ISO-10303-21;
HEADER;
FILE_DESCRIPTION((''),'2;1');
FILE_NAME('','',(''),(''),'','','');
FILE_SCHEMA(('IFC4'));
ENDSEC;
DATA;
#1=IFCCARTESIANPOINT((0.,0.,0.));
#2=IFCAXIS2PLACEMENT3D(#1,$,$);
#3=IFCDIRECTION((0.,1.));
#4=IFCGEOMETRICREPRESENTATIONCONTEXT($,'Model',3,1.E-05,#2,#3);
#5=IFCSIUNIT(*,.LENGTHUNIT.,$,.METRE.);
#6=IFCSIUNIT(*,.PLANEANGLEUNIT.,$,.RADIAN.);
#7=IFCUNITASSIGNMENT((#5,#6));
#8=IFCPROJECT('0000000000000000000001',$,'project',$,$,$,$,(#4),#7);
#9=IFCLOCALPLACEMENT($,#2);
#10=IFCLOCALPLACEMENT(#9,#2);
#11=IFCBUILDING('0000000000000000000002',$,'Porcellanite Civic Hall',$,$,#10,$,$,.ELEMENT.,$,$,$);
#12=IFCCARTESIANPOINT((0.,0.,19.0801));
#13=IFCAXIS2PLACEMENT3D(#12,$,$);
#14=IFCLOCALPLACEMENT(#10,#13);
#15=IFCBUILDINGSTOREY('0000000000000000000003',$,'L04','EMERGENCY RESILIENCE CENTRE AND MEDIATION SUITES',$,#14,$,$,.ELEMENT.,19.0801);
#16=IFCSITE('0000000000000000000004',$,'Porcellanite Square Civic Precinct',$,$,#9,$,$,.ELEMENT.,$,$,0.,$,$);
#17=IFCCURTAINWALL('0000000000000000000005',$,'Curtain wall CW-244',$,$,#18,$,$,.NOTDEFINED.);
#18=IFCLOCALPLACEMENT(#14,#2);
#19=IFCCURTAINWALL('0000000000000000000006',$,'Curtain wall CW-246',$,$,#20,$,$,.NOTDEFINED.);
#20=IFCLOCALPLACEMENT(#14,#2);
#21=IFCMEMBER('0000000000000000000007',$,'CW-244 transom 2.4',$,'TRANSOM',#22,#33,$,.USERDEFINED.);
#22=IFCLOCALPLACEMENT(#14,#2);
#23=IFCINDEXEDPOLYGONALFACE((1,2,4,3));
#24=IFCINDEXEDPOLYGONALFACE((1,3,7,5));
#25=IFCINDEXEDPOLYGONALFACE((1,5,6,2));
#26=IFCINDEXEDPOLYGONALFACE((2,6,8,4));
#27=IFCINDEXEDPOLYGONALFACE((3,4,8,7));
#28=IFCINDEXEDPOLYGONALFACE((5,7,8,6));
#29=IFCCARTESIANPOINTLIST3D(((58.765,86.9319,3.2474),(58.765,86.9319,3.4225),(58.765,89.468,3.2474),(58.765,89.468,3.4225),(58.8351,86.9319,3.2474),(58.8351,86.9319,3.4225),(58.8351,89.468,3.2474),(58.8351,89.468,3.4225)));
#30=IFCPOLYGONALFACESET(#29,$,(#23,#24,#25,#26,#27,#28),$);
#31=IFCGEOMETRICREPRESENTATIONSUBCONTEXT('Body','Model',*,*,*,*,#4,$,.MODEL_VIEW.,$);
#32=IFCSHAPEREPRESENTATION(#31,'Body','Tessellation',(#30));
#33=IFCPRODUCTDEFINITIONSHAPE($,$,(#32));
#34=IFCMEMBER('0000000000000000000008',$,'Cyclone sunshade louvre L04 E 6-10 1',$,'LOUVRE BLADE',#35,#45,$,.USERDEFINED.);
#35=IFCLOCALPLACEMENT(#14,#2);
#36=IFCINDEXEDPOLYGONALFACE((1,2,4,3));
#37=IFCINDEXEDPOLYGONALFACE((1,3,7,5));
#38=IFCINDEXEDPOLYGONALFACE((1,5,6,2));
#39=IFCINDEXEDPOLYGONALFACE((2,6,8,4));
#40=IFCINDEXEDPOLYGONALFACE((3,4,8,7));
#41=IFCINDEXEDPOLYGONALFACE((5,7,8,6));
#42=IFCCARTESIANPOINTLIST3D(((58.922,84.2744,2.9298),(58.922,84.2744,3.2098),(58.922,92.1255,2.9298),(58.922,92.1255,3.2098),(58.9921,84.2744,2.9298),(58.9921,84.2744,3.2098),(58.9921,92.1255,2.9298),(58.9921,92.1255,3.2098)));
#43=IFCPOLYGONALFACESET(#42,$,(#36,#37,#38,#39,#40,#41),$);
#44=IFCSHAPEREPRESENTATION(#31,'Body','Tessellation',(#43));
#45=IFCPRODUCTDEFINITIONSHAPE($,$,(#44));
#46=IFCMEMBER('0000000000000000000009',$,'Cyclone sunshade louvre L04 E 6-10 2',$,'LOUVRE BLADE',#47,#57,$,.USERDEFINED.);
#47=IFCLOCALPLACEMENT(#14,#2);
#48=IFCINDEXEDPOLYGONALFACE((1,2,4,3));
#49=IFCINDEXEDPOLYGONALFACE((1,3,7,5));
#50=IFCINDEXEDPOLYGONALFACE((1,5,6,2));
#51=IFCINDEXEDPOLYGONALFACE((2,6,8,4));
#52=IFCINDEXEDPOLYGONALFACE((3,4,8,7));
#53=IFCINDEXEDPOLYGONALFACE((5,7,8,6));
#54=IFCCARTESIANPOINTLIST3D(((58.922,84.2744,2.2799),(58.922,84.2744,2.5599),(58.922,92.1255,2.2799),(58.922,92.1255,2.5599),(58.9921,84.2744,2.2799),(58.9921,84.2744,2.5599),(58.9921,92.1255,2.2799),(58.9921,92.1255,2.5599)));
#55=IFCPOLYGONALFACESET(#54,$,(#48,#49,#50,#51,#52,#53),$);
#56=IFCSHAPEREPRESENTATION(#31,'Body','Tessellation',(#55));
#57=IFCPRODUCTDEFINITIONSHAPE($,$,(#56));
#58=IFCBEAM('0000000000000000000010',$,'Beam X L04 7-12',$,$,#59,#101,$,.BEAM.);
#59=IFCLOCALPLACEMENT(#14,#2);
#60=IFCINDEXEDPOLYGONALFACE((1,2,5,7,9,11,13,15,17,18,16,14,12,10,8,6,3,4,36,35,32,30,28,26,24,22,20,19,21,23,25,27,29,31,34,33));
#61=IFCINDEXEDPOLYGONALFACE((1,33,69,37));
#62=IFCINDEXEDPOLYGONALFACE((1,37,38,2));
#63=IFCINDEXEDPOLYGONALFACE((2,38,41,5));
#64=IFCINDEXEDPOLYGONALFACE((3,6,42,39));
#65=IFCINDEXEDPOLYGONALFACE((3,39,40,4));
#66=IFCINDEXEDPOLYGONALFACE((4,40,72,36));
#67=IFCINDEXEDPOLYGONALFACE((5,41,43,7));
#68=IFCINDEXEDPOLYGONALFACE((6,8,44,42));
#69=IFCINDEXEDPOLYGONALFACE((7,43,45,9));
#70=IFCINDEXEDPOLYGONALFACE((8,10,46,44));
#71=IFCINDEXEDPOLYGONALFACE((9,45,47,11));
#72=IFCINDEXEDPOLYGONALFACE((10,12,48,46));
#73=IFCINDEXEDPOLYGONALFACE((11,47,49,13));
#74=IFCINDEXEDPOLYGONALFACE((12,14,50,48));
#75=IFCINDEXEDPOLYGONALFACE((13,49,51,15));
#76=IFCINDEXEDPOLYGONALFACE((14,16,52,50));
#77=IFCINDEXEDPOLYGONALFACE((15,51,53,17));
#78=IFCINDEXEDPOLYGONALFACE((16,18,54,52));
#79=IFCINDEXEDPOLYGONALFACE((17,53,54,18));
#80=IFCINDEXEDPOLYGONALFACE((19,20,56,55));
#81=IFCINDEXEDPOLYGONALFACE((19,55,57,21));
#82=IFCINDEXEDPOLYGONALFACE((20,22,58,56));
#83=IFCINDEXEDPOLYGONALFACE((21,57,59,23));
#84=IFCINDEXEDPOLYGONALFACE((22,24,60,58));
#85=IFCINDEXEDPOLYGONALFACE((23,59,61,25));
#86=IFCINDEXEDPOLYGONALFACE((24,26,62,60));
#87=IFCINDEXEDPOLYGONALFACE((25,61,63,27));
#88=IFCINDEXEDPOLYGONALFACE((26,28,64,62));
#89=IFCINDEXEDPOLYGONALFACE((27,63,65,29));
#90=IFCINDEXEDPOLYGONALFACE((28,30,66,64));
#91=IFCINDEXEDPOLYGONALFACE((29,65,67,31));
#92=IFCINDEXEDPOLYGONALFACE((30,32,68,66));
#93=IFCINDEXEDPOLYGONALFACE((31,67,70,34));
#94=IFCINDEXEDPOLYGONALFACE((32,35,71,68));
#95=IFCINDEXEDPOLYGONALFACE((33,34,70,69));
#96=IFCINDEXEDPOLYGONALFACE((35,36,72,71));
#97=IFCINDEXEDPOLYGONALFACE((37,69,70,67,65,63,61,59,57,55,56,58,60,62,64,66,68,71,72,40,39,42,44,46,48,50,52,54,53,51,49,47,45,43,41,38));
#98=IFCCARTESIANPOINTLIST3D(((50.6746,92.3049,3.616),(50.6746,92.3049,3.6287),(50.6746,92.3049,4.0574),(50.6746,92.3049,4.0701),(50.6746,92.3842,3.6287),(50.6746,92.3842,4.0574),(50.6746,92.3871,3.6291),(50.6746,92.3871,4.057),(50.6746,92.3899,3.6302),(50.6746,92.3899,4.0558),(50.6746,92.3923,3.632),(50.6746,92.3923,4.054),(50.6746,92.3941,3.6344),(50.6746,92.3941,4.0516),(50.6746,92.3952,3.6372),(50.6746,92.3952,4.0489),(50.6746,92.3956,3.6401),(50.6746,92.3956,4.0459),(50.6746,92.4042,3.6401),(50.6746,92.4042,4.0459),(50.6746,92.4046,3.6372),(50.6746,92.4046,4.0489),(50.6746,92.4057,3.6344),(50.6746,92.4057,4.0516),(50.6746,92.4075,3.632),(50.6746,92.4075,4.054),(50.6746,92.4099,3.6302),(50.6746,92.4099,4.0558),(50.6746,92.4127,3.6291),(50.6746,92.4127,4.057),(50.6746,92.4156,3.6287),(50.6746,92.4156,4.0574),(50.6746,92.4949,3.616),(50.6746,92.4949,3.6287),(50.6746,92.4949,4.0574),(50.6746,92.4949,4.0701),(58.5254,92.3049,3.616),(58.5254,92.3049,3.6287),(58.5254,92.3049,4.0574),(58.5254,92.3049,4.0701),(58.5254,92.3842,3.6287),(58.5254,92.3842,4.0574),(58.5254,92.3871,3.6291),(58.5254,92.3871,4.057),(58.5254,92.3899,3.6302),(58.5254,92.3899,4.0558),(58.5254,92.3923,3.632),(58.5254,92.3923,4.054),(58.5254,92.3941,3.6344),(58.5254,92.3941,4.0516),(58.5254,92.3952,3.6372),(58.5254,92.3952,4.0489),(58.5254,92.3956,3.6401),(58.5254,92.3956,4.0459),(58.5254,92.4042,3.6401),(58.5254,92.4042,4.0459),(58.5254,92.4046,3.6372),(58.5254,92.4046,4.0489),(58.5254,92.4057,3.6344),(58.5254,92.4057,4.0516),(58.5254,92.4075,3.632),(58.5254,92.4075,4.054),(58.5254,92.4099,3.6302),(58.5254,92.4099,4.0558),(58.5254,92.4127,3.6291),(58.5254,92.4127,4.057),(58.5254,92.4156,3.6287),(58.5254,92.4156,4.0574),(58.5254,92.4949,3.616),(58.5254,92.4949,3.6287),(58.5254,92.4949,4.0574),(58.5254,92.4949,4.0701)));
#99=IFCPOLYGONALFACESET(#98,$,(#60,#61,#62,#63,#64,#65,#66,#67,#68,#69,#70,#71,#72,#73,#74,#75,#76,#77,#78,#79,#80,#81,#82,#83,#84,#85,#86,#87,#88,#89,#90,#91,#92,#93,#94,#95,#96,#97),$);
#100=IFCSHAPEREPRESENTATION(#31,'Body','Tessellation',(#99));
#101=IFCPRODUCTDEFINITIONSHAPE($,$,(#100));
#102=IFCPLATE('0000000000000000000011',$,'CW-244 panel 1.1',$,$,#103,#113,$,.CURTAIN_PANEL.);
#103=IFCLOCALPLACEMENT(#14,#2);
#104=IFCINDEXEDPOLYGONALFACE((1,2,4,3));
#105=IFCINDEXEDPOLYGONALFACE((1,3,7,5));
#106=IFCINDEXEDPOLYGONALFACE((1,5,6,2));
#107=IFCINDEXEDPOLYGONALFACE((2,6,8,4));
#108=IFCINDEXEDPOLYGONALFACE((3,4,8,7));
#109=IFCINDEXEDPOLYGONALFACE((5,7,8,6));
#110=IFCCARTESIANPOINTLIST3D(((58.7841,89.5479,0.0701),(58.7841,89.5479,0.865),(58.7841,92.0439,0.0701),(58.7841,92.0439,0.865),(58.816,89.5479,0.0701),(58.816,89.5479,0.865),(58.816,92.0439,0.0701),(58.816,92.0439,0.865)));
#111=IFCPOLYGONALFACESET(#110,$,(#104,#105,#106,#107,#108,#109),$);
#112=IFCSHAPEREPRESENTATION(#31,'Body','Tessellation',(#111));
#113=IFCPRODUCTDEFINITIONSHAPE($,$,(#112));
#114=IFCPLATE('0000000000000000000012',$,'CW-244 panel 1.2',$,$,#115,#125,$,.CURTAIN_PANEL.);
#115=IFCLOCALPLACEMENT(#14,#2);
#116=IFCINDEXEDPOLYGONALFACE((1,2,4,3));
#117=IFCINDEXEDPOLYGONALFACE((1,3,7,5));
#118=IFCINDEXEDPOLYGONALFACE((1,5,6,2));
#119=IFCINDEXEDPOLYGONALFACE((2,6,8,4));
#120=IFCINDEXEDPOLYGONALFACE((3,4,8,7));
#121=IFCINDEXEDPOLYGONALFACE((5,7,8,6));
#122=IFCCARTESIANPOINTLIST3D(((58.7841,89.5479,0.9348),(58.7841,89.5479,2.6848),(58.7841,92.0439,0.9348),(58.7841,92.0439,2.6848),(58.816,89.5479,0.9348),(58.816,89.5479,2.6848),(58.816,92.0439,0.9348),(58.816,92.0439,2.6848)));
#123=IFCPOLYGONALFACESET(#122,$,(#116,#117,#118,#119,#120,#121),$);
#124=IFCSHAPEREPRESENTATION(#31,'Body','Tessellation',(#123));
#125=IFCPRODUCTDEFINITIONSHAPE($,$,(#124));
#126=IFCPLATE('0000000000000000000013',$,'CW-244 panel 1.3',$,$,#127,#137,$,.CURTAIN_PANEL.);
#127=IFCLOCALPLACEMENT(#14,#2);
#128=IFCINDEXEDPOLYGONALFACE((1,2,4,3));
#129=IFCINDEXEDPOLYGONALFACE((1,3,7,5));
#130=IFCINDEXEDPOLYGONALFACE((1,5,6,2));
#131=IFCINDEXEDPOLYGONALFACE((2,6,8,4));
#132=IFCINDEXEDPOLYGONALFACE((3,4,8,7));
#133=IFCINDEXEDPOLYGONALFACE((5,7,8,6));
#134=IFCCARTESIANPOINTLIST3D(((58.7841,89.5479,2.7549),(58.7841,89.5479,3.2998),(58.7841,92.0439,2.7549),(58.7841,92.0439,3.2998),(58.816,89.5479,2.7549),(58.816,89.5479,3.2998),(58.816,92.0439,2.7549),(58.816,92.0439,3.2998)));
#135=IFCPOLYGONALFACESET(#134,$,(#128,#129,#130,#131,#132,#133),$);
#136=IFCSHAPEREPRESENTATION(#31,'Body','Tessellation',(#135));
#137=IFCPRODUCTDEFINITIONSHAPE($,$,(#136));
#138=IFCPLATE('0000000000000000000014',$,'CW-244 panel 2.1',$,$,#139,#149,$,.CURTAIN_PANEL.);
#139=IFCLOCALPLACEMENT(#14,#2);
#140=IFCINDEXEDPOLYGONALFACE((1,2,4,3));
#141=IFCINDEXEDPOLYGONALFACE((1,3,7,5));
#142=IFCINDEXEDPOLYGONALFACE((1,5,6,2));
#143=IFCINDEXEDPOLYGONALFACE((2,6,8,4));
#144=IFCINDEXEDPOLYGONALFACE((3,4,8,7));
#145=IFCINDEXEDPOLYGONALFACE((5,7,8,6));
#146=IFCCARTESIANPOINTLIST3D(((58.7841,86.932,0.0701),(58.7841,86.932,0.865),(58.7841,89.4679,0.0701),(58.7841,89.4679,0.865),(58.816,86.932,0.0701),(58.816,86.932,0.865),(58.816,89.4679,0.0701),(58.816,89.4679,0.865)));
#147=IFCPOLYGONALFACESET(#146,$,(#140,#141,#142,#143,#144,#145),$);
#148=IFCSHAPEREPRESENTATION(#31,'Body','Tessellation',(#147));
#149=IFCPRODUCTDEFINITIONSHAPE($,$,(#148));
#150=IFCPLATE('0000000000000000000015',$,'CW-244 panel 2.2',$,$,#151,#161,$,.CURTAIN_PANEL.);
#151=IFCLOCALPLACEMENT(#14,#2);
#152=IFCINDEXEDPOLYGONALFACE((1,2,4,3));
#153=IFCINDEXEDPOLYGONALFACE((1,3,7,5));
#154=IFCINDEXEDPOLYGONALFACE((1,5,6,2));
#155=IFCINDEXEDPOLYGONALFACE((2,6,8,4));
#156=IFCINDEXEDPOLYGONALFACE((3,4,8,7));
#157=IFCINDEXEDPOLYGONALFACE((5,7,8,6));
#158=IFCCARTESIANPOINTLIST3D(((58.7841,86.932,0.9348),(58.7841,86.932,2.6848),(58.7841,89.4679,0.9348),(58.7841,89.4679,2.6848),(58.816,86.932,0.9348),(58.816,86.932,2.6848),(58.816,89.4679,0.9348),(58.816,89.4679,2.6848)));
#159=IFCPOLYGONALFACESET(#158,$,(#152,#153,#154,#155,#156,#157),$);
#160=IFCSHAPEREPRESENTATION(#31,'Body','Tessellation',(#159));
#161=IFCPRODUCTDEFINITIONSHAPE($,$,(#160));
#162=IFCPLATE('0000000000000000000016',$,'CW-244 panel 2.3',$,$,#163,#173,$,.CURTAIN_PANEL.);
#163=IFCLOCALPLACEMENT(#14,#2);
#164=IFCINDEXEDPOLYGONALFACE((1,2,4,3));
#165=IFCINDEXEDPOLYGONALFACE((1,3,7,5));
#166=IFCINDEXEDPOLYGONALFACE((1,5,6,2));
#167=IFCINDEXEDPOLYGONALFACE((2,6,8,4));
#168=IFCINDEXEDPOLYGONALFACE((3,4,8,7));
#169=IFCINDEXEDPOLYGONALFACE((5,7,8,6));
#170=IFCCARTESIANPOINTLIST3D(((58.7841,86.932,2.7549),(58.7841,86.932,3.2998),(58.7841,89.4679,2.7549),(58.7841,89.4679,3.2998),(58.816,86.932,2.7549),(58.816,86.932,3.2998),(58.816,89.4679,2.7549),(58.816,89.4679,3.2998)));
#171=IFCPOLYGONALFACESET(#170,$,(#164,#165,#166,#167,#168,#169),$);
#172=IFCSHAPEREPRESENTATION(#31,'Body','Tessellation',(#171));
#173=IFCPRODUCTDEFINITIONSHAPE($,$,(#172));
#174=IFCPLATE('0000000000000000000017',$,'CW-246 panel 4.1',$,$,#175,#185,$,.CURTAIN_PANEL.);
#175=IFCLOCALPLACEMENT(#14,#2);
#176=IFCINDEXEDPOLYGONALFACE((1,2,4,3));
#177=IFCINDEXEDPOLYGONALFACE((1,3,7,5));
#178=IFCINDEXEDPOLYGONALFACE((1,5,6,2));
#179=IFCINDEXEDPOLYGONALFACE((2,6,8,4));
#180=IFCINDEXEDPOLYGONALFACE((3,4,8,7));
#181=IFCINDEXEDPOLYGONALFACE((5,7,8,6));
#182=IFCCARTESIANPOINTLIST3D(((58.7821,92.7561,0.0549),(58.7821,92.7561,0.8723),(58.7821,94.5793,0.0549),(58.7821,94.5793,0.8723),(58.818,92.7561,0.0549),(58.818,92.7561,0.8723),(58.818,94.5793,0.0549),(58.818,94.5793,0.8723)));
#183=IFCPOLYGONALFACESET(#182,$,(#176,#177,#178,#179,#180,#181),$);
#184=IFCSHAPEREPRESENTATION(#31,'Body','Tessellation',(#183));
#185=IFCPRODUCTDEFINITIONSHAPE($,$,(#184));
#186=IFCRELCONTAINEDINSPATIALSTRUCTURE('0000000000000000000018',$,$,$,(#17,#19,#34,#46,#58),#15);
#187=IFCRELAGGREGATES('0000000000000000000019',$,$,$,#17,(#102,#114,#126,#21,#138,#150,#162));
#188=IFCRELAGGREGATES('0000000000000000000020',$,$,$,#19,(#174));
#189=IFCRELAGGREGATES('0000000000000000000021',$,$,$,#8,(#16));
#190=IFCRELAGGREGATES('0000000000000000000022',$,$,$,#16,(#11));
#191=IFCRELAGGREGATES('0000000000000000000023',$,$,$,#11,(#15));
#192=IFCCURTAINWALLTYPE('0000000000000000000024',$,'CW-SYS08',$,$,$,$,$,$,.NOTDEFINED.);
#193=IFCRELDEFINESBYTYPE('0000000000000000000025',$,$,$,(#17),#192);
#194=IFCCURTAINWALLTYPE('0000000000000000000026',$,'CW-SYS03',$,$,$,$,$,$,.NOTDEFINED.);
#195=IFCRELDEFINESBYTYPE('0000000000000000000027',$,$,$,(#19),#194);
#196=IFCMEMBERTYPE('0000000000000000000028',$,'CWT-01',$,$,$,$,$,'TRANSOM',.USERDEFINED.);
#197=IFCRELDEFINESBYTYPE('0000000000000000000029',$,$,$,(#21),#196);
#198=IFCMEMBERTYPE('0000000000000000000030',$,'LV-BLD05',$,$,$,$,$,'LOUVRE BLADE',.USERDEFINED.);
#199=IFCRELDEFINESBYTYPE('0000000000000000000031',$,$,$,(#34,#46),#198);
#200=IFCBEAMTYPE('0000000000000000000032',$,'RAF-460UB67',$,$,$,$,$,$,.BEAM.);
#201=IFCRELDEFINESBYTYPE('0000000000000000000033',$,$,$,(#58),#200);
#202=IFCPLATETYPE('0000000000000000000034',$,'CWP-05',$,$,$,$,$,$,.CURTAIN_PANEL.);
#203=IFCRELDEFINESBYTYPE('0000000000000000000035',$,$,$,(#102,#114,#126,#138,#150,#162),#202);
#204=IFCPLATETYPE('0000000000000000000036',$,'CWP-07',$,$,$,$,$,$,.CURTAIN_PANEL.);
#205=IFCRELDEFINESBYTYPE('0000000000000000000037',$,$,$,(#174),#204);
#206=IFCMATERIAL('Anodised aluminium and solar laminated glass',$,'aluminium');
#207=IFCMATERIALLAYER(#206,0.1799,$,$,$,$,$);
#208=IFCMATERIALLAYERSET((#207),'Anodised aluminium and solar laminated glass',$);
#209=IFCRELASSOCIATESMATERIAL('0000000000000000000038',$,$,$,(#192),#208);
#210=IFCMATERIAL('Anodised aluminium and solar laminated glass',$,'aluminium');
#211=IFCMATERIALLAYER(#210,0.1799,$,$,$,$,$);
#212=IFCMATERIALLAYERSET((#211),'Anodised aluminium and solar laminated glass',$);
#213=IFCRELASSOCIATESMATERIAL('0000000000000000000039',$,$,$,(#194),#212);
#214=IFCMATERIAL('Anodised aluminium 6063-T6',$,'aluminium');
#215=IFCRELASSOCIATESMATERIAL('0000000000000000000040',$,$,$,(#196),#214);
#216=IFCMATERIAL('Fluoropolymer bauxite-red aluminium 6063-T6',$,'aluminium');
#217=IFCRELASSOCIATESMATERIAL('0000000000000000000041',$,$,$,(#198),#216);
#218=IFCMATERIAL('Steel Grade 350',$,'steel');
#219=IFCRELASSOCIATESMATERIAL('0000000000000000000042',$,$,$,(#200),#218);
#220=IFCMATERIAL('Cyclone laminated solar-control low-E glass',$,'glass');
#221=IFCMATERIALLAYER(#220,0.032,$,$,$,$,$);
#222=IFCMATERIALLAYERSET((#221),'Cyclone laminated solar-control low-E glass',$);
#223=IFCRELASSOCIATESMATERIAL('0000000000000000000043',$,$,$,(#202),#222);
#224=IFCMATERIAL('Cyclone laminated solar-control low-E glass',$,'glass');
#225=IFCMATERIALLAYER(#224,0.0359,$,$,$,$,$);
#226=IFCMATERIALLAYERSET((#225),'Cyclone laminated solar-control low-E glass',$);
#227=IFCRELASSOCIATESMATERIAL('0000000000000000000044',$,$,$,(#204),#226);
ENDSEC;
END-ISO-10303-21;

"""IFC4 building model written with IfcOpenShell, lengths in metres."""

from ifc_helpers import new_model, si_unit, direction, frame, origin, origin_2d, place, context, subcontext, project, spatial, rectangle, i_section, extrude, material, layer, layer_set, material_profile, profile_set, type_object, element, aggregate, save


model = new_model("IFC4")

# Units and contexts
model_context = context("Model", 3, precision=1e-05, world=origin(), true_north=direction((0.0, 1.0)))
body_context = subcontext(model_context, "Body", "Model", "MODEL_VIEW")
ifc_project = project(units=[si_unit("LENGTHUNIT", "METRE"), si_unit("PLANEANGLEUNIT", "RADIAN")], contexts=[model_context])

# Site, building, storey
site_placement = place(None, origin())
site = spatial("IfcSite", under=ifc_project, at=site_placement, Name="Porcellanite Square Civic Precinct", CompositionType="ELEMENT", RefElevation=0.0)
building_placement = place(site_placement, origin())
building = spatial("IfcBuilding", under=site, at=building_placement, Name="Porcellanite Civic Hall", CompositionType="ELEMENT")
storey_placement = place(building_placement, frame((0.0, 0.0, 19.0801)))
storey = spatial("IfcBuildingStorey", under=building, at=storey_placement, Name="L04", Description="EMERGENCY RESILIENCE CENTRE AND MEDIATION SUITES", CompositionType="ELEMENT", Elevation=19.0801)

# Curtain wall
ifc_material_1 = material(Name="Anodised aluminium and solar laminated glass", Category="aluminium")
ifc_layer_1 = layer(ifc_material_1, 0.1799)
ifc_layer_set_1 = layer_set([ifc_layer_1], Name="Anodised aluminium and solar laminated glass")
curtain_wall_type_1 = type_object("IfcCurtainWallType", Name="CW-SYS08", PredefinedType="NOTDEFINED", material=ifc_layer_set_1)
curtain_wall_1_placement = place(storey_placement, origin())
curtain_wall_1 = element("IfcCurtainWall", 1, at=curtain_wall_1_placement, inside=storey, type_object=curtain_wall_type_1, Name="Curtain wall CW-244", PredefinedType="NOTDEFINED")

# Curtain wall
ifc_material_2 = material(Name="Anodised aluminium and solar laminated glass", Category="aluminium")
ifc_layer_2 = layer(ifc_material_2, 0.1799)
ifc_layer_set_2 = layer_set([ifc_layer_2], Name="Anodised aluminium and solar laminated glass")
curtain_wall_type_2 = type_object("IfcCurtainWallType", Name="CW-SYS03", PredefinedType="NOTDEFINED", material=ifc_layer_set_2)
curtain_wall_2_placement = place(storey_placement, origin())
curtain_wall_2 = element("IfcCurtainWall", 2, at=curtain_wall_2_placement, inside=storey, type_object=curtain_wall_type_2, Name="Curtain wall CW-246", PredefinedType="NOTDEFINED")

# Member
ifc_material_3 = material(Name="Anodised aluminium 6063-T6", Category="aluminium")
ifc_material_profile_1 = material_profile(ifc_material_3, rectangle(XDim=0.0701, YDim=0.175, at=origin_2d()), Name="AL-70x175")
ifc_profile_set_1 = profile_set([ifc_material_profile_1], Name="Anodised aluminium 6063-T6")
member_type_1 = type_object("IfcMemberType", Name="CWT-01", ElementType="TRANSOM", PredefinedType="USERDEFINED", material=ifc_profile_set_1)
member_1_placement = place(storey_placement, frame((58.8, 89.468, 3.335), z_axis=(0.0, -1.0, 0.0), x_axis=(1.0, 0.0, 0.0)))
member_1 = element("IfcMember", 3, at=member_1_placement, type_object=member_type_1, Name="CW-244 transom 2.4", ObjectType="TRANSOM", PredefinedType="USERDEFINED", context=body_context, shape_type="SweptSolid", body=[
    extrude(rectangle(XDim=0.0701, YDim=0.175, at=origin_2d()), origin(), (0.0, 0.0, 1.0), 2.5361),
])

# Members
ifc_material_4 = material(Name="Fluoropolymer bauxite-red aluminium 6063-T6", Category="aluminium")
ifc_material_profile_2 = material_profile(ifc_material_4, rectangle(XDim=0.0701, YDim=0.28, at=origin_2d()), Name="AL-70x280")
ifc_profile_set_2 = profile_set([ifc_material_profile_2], Name="Fluoropolymer bauxite-red aluminium 6063-T6")
member_type_2 = type_object("IfcMemberType", Name="LV-BLD05", ElementType="LOUVRE BLADE", PredefinedType="USERDEFINED", material=ifc_profile_set_2)
for number, where, z_axis, x_axis, name in (
    (4, (58.957, 92.1255, 3.0698), (0.0, -1.0, 0.0), (1.0, 0.0, 0.0), "Cyclone sunshade louvre L04 E 6-10 1"),
    (5, (58.957, 92.1255, 2.4199), (0.0, -1.0, 0.0), (1.0, 0.0, 0.0), "Cyclone sunshade louvre L04 E 6-10 2"),
):
    element("IfcMember", number, at=place(storey_placement, frame(where, z_axis=z_axis, x_axis=x_axis)), inside=storey, type_object=member_type_2, Name=name, ObjectType="LOUVRE BLADE", PredefinedType="USERDEFINED", context=body_context, shape_type="SweptSolid", body=[
        extrude(rectangle(XDim=0.0701, YDim=0.28, at=origin_2d()), origin(), (0.0, 0.0, 1.0), 7.8511),
    ])

# Beam
ifc_material_5 = material(Name="Steel Grade 350", Category="steel")
ifc_material_profile_3 = material_profile(ifc_material_5, i_section(OverallWidth=0.1899, OverallDepth=0.4541, WebThickness=0.0085, FlangeThickness=0.0127, FilletRadius=0.0115, at=origin_2d()), Name="460UB67.1")
ifc_profile_set_3 = profile_set([ifc_material_profile_3], Name="Steel Grade 350")
beam_type_1 = type_object("IfcBeamType", Name="RAF-460UB67", PredefinedType="BEAM", material=ifc_profile_set_3)
beam_1_placement = place(storey_placement, frame((50.6746, 92.3999, 3.843), z_axis=(1.0, 0.0, 0.0), x_axis=(0.0, 1.0, 0.0)))
element("IfcBeam", 6, at=beam_1_placement, inside=storey, type_object=beam_type_1, Name="Beam X L04 7-12", PredefinedType="BEAM", context=body_context, shape_type="SweptSolid", body=[
    extrude(i_section(OverallWidth=0.1899, OverallDepth=0.4541, WebThickness=0.0085, FlangeThickness=0.0127, FilletRadius=0.0115, at=origin_2d()), origin(), (0.0, 0.0, 1.0), 7.8508),
])

# Plates
ifc_material_6 = material(Name="Cyclone laminated solar-control low-E glass", Category="glass")
ifc_layer_3 = layer(ifc_material_6, 0.032)
ifc_layer_set_3 = layer_set([ifc_layer_3], Name="Cyclone laminated solar-control low-E glass")
plate_type_1 = type_object("IfcPlateType", Name="CWP-05", PredefinedType="CURTAIN_PANEL", material=ifc_layer_set_3)
plate_1_placement = place(storey_placement, frame((58.8, 90.7959, 0.0701), z_axis=(0.0, 0.0, 1.0), x_axis=(0.0, -1.0, 0.0)))
plate_1 = element("IfcPlate", 7, at=plate_1_placement, type_object=plate_type_1, Name="CW-244 panel 1.1", PredefinedType="CURTAIN_PANEL", context=body_context, shape_type="SweptSolid", body=[
    extrude(rectangle(XDim=2.4961, YDim=0.032, at=origin_2d()), origin(), (0.0, 0.0, 1.0), 0.7949),
])
plate_2_placement = place(storey_placement, frame((58.8, 90.7959, 0.9348), z_axis=(0.0, 0.0, 1.0), x_axis=(0.0, -1.0, 0.0)))
plate_2 = element("IfcPlate", 8, at=plate_2_placement, type_object=plate_type_1, Name="CW-244 panel 1.2", PredefinedType="CURTAIN_PANEL", context=body_context, shape_type="SweptSolid", body=[
    extrude(rectangle(XDim=2.4961, YDim=0.032, at=origin_2d()), origin(), (0.0, 0.0, 1.0), 1.75),
])
plate_3_placement = place(storey_placement, frame((58.8, 90.7959, 2.7549), z_axis=(0.0, 0.0, 1.0), x_axis=(0.0, -1.0, 0.0)))
plate_3 = element("IfcPlate", 9, at=plate_3_placement, type_object=plate_type_1, Name="CW-244 panel 1.3", PredefinedType="CURTAIN_PANEL", context=body_context, shape_type="SweptSolid", body=[
    extrude(rectangle(XDim=2.4961, YDim=0.032, at=origin_2d()), origin(), (0.0, 0.0, 1.0), 0.5449),
])
plate_4_placement = place(storey_placement, frame((58.8, 88.2, 0.0701), z_axis=(0.0, 0.0, 1.0), x_axis=(0.0, -1.0, 0.0)))
plate_4 = element("IfcPlate", 10, at=plate_4_placement, type_object=plate_type_1, Name="CW-244 panel 2.1", PredefinedType="CURTAIN_PANEL", context=body_context, shape_type="SweptSolid", body=[
    extrude(rectangle(XDim=2.5359, YDim=0.032, at=origin_2d()), origin(), (0.0, 0.0, 1.0), 0.7949),
])
plate_5_placement = place(storey_placement, frame((58.8, 88.2, 0.9348), z_axis=(0.0, 0.0, 1.0), x_axis=(0.0, -1.0, 0.0)))
plate_5 = element("IfcPlate", 11, at=plate_5_placement, type_object=plate_type_1, Name="CW-244 panel 2.2", PredefinedType="CURTAIN_PANEL", context=body_context, shape_type="SweptSolid", body=[
    extrude(rectangle(XDim=2.5359, YDim=0.032, at=origin_2d()), origin(), (0.0, 0.0, 1.0), 1.75),
])
plate_6_placement = place(storey_placement, frame((58.8, 88.2, 2.7549), z_axis=(0.0, 0.0, 1.0), x_axis=(0.0, -1.0, 0.0)))
plate_6 = element("IfcPlate", 12, at=plate_6_placement, type_object=plate_type_1, Name="CW-244 panel 2.3", PredefinedType="CURTAIN_PANEL", context=body_context, shape_type="SweptSolid", body=[
    extrude(rectangle(XDim=2.5359, YDim=0.032, at=origin_2d()), origin(), (0.0, 0.0, 1.0), 0.5449),
])
aggregate(curtain_wall_1, [plate_1, plate_2, plate_3, member_1, plate_4, plate_5, plate_6])
ifc_material_7 = material(Name="Cyclone laminated solar-control low-E glass", Category="glass")
ifc_layer_4 = layer(ifc_material_7, 0.0359)
ifc_layer_set_4 = layer_set([ifc_layer_4], Name="Cyclone laminated solar-control low-E glass")
plate_type_2 = type_object("IfcPlateType", Name="CWP-07", PredefinedType="CURTAIN_PANEL", material=ifc_layer_set_4)
plate_7_placement = place(storey_placement, frame((58.8, 93.6677, 0.0549), z_axis=(0.0, 0.0, 1.0), x_axis=(0.0, -1.0, 0.0)))
plate_7 = element("IfcPlate", 13, at=plate_7_placement, type_object=plate_type_2, Name="CW-246 panel 4.1", PredefinedType="CURTAIN_PANEL", context=body_context, shape_type="SweptSolid", body=[
    extrude(rectangle(XDim=1.8232, YDim=0.0359, at=origin_2d()), origin(), (0.0, 0.0, 1.0), 0.8174),
])
aggregate(curtain_wall_2, [plate_7])

save(model, "model.ifc")
